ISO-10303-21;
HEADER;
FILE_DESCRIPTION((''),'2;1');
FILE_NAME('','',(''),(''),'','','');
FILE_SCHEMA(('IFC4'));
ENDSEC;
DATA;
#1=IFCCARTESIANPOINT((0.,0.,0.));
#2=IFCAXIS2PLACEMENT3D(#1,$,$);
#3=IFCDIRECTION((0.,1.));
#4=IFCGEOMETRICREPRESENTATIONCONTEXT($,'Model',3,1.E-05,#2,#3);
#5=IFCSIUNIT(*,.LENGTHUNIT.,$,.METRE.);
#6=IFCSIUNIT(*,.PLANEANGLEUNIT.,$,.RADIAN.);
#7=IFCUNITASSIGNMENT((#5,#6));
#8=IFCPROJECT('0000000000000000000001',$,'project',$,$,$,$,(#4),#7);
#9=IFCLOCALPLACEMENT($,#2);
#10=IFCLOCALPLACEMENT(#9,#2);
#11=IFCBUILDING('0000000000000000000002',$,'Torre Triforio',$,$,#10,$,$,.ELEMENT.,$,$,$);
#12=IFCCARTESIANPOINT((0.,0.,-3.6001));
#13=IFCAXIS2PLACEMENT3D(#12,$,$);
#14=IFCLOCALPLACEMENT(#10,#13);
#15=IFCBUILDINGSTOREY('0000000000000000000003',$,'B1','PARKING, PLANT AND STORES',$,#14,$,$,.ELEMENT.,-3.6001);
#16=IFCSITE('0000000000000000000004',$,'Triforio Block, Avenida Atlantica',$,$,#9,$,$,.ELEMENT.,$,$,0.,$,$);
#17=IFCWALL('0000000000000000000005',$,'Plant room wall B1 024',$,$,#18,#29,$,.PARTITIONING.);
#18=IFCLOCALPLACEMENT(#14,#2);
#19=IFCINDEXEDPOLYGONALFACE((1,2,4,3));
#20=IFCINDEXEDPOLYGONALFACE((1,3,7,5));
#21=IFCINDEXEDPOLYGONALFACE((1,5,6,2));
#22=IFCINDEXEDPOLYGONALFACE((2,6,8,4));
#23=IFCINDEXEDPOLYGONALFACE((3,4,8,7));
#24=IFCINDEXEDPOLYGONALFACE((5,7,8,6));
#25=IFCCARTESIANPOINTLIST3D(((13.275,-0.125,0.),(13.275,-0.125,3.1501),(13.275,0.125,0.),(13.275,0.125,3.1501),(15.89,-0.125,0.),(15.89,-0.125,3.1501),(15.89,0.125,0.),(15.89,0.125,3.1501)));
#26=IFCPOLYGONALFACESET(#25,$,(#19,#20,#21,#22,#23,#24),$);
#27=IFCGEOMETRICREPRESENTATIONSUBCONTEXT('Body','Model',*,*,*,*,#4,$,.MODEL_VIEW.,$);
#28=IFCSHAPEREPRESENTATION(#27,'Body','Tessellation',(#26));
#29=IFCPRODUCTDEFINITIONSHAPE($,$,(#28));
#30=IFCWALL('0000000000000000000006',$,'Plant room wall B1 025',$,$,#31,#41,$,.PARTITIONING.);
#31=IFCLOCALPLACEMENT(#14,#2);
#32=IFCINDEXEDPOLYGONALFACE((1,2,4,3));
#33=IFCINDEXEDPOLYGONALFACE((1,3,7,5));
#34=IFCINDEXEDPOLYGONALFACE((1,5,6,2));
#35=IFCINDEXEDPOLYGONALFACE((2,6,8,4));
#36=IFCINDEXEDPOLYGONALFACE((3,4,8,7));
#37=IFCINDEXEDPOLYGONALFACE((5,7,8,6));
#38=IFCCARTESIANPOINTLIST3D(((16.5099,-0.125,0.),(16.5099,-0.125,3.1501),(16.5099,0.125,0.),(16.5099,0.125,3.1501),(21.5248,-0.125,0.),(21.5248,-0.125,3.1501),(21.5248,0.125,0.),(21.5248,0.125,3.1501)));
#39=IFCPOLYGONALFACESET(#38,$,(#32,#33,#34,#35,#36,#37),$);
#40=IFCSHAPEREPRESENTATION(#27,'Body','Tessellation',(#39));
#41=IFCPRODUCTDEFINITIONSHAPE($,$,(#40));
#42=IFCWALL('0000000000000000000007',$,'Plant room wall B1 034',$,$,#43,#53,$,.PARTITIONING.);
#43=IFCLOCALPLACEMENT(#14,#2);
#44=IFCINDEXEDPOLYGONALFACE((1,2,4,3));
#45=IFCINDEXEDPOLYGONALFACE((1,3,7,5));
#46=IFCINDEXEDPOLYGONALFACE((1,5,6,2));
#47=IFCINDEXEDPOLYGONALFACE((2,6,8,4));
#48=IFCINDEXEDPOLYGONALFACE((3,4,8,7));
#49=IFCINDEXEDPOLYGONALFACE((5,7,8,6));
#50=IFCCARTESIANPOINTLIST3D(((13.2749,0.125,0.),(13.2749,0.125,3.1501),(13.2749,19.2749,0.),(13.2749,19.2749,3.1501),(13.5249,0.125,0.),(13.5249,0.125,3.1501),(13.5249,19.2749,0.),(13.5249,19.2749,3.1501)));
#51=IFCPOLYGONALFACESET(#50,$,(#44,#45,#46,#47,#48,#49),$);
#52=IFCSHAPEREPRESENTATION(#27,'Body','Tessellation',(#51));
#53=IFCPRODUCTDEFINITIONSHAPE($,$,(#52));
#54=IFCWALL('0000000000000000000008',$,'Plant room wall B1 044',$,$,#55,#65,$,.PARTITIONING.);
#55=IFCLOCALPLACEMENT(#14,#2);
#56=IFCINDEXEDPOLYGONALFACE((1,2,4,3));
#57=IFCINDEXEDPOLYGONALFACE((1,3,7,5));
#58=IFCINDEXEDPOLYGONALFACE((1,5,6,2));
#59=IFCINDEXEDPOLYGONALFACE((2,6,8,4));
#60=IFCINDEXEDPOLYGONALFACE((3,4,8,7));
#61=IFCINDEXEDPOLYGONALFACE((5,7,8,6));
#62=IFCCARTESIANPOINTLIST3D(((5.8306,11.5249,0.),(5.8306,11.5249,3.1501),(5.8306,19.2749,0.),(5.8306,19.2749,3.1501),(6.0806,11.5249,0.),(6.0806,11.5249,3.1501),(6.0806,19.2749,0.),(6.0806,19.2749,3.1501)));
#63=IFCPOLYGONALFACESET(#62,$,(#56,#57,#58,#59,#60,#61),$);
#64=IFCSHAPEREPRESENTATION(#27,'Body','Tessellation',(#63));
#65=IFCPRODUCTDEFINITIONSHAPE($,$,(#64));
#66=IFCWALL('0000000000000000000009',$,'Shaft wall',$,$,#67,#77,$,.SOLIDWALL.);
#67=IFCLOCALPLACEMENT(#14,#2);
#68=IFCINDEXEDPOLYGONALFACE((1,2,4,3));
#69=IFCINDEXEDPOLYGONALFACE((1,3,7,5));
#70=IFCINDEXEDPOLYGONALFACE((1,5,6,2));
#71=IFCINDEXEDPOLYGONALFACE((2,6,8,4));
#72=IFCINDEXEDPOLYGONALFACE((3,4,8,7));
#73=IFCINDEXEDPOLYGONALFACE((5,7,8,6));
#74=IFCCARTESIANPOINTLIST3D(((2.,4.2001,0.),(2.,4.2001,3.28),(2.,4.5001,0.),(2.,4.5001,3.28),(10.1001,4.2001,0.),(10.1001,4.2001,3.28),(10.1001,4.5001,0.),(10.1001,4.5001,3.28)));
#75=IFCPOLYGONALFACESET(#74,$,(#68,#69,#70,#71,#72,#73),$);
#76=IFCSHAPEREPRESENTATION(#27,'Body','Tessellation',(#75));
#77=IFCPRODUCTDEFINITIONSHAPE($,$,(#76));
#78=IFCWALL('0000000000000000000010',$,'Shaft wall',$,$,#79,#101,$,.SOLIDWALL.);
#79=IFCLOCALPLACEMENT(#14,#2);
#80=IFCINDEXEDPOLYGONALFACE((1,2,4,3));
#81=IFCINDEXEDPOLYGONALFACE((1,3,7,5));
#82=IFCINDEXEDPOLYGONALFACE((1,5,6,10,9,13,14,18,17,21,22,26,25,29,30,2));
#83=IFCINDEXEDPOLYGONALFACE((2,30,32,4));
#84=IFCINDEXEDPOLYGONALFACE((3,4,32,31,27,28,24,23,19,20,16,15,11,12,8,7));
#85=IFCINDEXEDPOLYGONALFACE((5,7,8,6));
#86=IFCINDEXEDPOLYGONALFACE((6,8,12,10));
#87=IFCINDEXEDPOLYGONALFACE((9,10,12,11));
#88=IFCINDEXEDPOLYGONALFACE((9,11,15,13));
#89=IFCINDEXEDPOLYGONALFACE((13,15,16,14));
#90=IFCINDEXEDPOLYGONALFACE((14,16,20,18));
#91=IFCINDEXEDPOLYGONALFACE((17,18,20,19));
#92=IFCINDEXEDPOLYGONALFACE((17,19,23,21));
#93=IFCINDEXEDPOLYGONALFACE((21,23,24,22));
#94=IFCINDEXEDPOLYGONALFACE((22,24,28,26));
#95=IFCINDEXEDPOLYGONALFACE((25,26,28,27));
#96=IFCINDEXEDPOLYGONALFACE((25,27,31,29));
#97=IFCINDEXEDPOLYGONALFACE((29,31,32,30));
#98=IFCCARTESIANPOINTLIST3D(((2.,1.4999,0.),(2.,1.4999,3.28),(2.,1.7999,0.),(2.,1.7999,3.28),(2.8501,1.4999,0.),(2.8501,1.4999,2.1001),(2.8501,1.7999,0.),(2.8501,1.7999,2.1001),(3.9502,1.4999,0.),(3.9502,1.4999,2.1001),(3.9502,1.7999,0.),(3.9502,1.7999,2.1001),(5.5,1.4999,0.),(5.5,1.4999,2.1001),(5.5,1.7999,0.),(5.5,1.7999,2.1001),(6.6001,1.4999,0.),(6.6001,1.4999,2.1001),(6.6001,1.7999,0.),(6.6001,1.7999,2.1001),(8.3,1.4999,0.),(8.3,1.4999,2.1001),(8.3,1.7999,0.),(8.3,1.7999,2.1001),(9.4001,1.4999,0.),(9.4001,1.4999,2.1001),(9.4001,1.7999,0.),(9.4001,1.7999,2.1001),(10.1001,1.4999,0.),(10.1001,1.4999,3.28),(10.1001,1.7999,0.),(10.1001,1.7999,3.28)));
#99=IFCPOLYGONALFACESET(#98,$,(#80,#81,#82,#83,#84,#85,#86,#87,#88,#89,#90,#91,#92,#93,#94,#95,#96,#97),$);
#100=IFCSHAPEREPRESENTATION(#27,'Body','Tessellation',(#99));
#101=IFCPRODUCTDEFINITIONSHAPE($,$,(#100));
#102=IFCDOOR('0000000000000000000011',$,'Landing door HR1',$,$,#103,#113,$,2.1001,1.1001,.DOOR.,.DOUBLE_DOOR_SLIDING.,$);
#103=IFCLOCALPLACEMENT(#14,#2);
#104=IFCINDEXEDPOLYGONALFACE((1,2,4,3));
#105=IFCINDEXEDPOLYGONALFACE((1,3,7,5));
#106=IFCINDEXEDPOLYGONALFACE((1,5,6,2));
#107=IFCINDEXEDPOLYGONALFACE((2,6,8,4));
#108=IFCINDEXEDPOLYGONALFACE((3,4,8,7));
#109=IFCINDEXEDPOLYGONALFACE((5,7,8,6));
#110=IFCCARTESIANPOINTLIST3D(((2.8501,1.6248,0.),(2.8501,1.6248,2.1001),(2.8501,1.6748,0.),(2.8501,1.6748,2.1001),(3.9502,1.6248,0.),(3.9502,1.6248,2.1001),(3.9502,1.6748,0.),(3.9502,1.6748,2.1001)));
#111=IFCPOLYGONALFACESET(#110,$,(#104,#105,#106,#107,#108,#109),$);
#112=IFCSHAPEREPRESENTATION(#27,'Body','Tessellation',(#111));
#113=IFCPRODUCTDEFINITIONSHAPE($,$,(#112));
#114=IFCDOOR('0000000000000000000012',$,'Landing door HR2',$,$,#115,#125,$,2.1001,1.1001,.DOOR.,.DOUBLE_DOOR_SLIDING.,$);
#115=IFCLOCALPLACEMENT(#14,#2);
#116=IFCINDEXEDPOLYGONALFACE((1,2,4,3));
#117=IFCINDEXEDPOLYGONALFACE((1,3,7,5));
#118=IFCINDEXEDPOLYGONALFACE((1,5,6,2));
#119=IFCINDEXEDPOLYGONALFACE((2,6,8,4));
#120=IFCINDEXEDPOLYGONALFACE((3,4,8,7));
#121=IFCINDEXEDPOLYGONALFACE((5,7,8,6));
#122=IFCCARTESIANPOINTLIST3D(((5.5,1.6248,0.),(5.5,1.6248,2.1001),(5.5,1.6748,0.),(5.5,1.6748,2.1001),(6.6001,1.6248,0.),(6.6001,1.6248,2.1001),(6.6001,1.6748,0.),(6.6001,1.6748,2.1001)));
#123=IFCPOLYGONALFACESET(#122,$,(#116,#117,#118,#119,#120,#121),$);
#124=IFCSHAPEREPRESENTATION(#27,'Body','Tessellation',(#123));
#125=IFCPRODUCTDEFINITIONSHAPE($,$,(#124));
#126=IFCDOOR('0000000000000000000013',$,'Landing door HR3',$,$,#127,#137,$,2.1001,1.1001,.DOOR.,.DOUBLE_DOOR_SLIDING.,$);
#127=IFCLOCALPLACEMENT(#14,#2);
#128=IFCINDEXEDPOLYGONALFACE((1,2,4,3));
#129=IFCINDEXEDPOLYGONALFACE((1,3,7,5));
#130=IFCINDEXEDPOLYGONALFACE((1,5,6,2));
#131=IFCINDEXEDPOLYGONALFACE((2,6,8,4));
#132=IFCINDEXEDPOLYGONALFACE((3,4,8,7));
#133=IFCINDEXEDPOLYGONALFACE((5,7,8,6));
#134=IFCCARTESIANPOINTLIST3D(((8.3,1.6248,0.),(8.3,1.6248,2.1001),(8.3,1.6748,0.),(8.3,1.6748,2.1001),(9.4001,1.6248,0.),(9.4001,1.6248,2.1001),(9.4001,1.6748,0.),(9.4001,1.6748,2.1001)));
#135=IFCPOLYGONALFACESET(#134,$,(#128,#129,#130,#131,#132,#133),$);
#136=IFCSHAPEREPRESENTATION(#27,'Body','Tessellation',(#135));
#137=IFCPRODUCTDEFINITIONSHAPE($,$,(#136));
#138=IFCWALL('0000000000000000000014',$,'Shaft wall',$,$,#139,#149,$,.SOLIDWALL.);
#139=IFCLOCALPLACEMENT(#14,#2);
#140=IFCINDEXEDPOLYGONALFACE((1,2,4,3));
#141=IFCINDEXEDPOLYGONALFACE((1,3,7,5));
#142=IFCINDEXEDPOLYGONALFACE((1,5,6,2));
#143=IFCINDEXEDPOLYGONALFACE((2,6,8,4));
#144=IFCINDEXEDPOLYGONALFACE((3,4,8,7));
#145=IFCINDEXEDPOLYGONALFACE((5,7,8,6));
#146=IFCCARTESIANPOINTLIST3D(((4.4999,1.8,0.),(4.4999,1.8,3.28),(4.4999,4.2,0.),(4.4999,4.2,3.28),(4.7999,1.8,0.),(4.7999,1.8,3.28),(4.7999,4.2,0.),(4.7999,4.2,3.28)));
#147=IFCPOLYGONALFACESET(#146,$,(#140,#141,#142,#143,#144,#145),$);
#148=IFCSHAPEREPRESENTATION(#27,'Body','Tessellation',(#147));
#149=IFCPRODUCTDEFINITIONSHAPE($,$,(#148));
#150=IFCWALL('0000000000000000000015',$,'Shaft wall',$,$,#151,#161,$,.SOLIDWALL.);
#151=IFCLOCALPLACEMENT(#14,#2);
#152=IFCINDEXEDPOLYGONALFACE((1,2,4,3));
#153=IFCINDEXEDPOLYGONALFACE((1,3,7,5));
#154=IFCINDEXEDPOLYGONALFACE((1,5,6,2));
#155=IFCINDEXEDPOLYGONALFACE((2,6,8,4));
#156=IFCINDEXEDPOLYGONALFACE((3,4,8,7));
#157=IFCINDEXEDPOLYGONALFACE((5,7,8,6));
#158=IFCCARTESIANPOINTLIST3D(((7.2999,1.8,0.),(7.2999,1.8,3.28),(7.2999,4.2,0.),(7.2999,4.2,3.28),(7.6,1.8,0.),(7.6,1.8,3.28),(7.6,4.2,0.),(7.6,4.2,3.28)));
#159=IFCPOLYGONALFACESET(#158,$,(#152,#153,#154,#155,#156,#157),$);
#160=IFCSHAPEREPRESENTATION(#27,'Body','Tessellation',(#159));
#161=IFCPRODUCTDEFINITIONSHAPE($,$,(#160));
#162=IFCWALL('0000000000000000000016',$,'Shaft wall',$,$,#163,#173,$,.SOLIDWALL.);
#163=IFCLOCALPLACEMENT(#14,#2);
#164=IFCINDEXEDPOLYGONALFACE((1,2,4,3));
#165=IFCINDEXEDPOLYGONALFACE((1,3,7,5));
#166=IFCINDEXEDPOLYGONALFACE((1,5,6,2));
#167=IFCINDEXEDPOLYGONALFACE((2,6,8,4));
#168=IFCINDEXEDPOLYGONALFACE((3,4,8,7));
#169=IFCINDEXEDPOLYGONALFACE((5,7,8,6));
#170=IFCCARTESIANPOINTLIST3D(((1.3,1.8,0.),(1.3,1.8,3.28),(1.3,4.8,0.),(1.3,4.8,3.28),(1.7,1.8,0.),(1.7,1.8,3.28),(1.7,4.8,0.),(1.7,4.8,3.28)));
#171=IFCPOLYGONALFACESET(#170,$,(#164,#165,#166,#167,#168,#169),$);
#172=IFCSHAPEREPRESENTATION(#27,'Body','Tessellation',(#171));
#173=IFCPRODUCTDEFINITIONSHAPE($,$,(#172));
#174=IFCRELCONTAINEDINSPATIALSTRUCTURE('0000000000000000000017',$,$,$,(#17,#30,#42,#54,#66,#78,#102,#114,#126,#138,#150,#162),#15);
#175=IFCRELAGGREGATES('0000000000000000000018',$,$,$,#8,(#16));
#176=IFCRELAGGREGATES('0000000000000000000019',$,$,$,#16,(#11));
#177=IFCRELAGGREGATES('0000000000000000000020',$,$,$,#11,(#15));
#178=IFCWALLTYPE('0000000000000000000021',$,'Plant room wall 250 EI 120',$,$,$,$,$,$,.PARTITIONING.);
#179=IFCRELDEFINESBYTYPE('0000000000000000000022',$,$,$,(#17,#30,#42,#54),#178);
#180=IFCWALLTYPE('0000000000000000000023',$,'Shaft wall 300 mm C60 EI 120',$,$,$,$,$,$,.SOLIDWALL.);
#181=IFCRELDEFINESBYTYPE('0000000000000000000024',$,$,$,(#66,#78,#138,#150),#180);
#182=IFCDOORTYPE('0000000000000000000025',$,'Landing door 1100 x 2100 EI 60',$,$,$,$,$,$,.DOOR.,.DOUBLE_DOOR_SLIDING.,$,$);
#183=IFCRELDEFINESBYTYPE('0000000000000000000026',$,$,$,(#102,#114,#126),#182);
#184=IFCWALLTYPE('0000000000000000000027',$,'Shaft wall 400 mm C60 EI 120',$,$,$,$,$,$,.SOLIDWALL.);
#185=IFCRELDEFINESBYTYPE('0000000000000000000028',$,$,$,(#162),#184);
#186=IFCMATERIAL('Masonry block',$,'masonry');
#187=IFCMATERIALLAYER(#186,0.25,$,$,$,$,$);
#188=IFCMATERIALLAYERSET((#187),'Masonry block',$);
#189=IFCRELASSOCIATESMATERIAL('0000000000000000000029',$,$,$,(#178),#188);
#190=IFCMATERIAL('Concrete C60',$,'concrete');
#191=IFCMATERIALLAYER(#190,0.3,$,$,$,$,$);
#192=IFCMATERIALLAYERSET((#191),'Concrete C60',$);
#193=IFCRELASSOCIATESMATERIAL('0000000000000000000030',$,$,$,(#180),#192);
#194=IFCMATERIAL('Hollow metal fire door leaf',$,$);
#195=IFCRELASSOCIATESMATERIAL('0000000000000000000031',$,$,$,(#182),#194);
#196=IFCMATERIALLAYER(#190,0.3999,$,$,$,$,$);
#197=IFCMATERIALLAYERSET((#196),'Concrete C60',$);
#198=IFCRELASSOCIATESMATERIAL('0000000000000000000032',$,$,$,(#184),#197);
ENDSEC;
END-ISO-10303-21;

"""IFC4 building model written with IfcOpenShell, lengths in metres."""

from ifc_helpers import new_model, si_unit, direction, frame, frame_2d, origin, place, context, subcontext, project, spatial, rectangle, extrude, material, layer, layer_set, type_object, element, fill, save


model = new_model("IFC4")

# Units and contexts
model_context = context("Model", 3, precision=1e-05, world=origin(), true_north=direction((0.0, 1.0)))
body_context = subcontext(model_context, "Body", "Model", "MODEL_VIEW")
ifc_project = project(units=[si_unit("LENGTHUNIT", "METRE"), si_unit("PLANEANGLEUNIT", "RADIAN")], contexts=[model_context])

# Site, building, storey
site_placement = place(None, origin())
site = spatial("IfcSite", under=ifc_project, at=site_placement, Name="Triforio Block, Avenida Atlantica", CompositionType="ELEMENT", RefElevation=0.0)
building_placement = place(site_placement, origin())
building = spatial("IfcBuilding", under=site, at=building_placement, Name="Torre Triforio", CompositionType="ELEMENT")
storey_placement = place(building_placement, frame((0.0, 0.0, -3.6001)))
storey = spatial("IfcBuildingStorey", under=building, at=storey_placement, Name="B1", Description="PARKING, PLANT AND STORES", CompositionType="ELEMENT", Elevation=-3.6001)

# Shared definitions
ifc_material_1 = material(Name="Concrete C60", Category="concrete")

# Shared definitions
ifc_material_2 = material(Name="Hollow metal fire door leaf")

# Walls
ifc_material_3 = material(Name="Masonry block", Category="masonry")
ifc_layer_1 = layer(ifc_material_3, 0.25)
ifc_layer_set_1 = layer_set([ifc_layer_1], Name="Masonry block")
wall_type_1 = type_object("IfcWallType", Name="Plant room wall 250 EI 120", PredefinedType="PARTITIONING", material=ifc_layer_set_1)
wall_1_placement = place(storey_placement, frame((13.2749, 0.0, 0.0), z_axis=(0.0, 0.0, 1.0), x_axis=(1.0, 0.0, 0.0)))
element("IfcWall", 1, at=wall_1_placement, inside=storey, type_object=wall_type_1, Name="Plant room wall B1 024", PredefinedType="PARTITIONING", context=body_context, shape_type="SweptSolid", body=[
    extrude(rectangle(XDim=2.615, YDim=0.25, at=frame_2d((1.3076, 0.0))), origin(), (0.0, 0.0, 1.0), 3.1501),
])
wall_2_placement = place(storey_placement, frame((16.51, 0.0, 0.0), z_axis=(0.0, 0.0, 1.0), x_axis=(1.0, 0.0, 0.0)))
element("IfcWall", 2, at=wall_2_placement, inside=storey, type_object=wall_type_1, Name="Plant room wall B1 025", PredefinedType="PARTITIONING", context=body_context, shape_type="SweptSolid", body=[
    extrude(rectangle(XDim=5.0149, YDim=0.25, at=frame_2d((2.5073, 0.0))), origin(), (0.0, 0.0, 1.0), 3.1501),
])
wall_3_placement = place(storey_placement, frame((13.3999, 0.125, 0.0), z_axis=(0.0, 0.0, 1.0), x_axis=(0.0, 1.0, 0.0)))
element("IfcWall", 3, at=wall_3_placement, inside=storey, type_object=wall_type_1, Name="Plant room wall B1 034", PredefinedType="PARTITIONING", context=body_context, shape_type="SweptSolid", body=[
    extrude(rectangle(XDim=19.1499, YDim=0.25, at=frame_2d((9.575, 0.0))), origin(), (0.0, 0.0, 1.0), 3.1501),
])
wall_4_placement = place(storey_placement, frame((5.9556, 11.5249, 0.0), z_axis=(0.0, 0.0, 1.0), x_axis=(0.0, 1.0, 0.0)))
element("IfcWall", 4, at=wall_4_placement, inside=storey, type_object=wall_type_1, Name="Plant room wall B1 044", PredefinedType="PARTITIONING", context=body_context, shape_type="SweptSolid", body=[
    extrude(rectangle(XDim=7.75, YDim=0.25, at=frame_2d((3.875, 0.0))), origin(), (0.0, 0.0, 1.0), 3.1501),
])
ifc_layer_2 = layer(ifc_material_1, 0.3)
ifc_layer_set_2 = layer_set([ifc_layer_2], Name="Concrete C60")
wall_type_2 = type_object("IfcWallType", Name="Shaft wall 300 mm C60 EI 120", PredefinedType="SOLIDWALL", material=ifc_layer_set_2)
wall_5_placement = place(storey_placement, frame((2.0, 4.3501, 0.0), z_axis=(0.0, 0.0, 1.0), x_axis=(1.0, 0.0, 0.0)))
element("IfcWall", 5, at=wall_5_placement, inside=storey, type_object=wall_type_2, Name="Shaft wall", PredefinedType="SOLIDWALL", context=body_context, shape_type="SweptSolid", body=[
    extrude(rectangle(XDim=8.1001, YDim=0.3, at=frame_2d((4.05, 0.0))), origin(), (0.0, 0.0, 1.0), 3.28),
])

# Wall, openings, doors
wall_6_placement = place(storey_placement, frame((2.0, 1.6499, 0.0), z_axis=(0.0, 0.0, 1.0), x_axis=(1.0, 0.0, 0.0)))
wall_6 = element("IfcWall", 6, at=wall_6_placement, inside=storey, type_object=wall_type_2, Name="Shaft wall", PredefinedType="SOLIDWALL", context=body_context, shape_type="SweptSolid", body=[
    extrude(rectangle(XDim=8.1001, YDim=0.3, at=frame_2d((4.05, 0.0))), origin(), (0.0, 0.0, 1.0), 3.28),
])
opening_1_placement = place(wall_6_placement, frame((0.8501, 0.0, 0.0)))
opening_1 = element("IfcOpeningElement", 7, at=opening_1_placement, cuts=wall_6, PredefinedType="OPENING", context=body_context, shape_type="SweptSolid", body=[
    extrude(rectangle(XDim=1.1001, YDim=2.1001, at=frame_2d((0.55, 1.05))), frame((0.0, 0.1599, 0.0), z_axis=(0.0, -1.0, 0.0), x_axis=(1.0, 0.0, 0.0)), (0.0, 0.0, 1.0), 0.3201),
])
opening_2_placement = place(wall_6_placement, frame((3.5, 0.0, 0.0)))
opening_2 = element("IfcOpeningElement", 8, at=opening_2_placement, cuts=wall_6, PredefinedType="OPENING", context=body_context, shape_type="SweptSolid", body=[
    extrude(rectangle(XDim=1.1001, YDim=2.1001, at=frame_2d((0.55, 1.05))), frame((0.0, 0.1599, 0.0), z_axis=(0.0, -1.0, 0.0), x_axis=(1.0, 0.0, 0.0)), (0.0, 0.0, 1.0), 0.3201),
])
opening_3_placement = place(wall_6_placement, frame((6.3, 0.0, 0.0)))
opening_3 = element("IfcOpeningElement", 9, at=opening_3_placement, cuts=wall_6, PredefinedType="OPENING", context=body_context, shape_type="SweptSolid", body=[
    extrude(rectangle(XDim=1.1001, YDim=2.1001, at=frame_2d((0.55, 1.05))), frame((0.0, 0.1599, 0.0), z_axis=(0.0, -1.0, 0.0), x_axis=(1.0, 0.0, 0.0)), (0.0, 0.0, 1.0), 0.3201),
])
door_type_1 = type_object("IfcDoorType", Name="Landing door 1100 x 2100 EI 60", OperationType="DOUBLE_DOOR_SLIDING", PredefinedType="DOOR", material=ifc_material_2)
door_1_placement = place(opening_1_placement, origin())
door_1 = element("IfcDoor", 10, at=door_1_placement, inside=storey, type_object=door_type_1, Name="Landing door HR1", OperationType="DOUBLE_DOOR_SLIDING", OverallHeight=2.1001, OverallWidth=1.1001, PredefinedType="DOOR", context=body_context, shape_type="SweptSolid", body=[
    extrude(rectangle(XDim=1.1001, YDim=2.1001, at=frame_2d((0.55, 1.05))), frame((0.0, 0.0249, 0.0), z_axis=(0.0, -1.0, 0.0), x_axis=(1.0, 0.0, 0.0)), (0.0, 0.0, 1.0), 0.05),
])
fill(opening_1, door_1)
door_2_placement = place(opening_2_placement, origin())
door_2 = element("IfcDoor", 11, at=door_2_placement, inside=storey, type_object=door_type_1, Name="Landing door HR2", OperationType="DOUBLE_DOOR_SLIDING", OverallHeight=2.1001, OverallWidth=1.1001, PredefinedType="DOOR", context=body_context, shape_type="SweptSolid", body=[
    extrude(rectangle(XDim=1.1001, YDim=2.1001, at=frame_2d((0.55, 1.05))), frame((0.0, 0.0249, 0.0), z_axis=(0.0, -1.0, 0.0), x_axis=(1.0, 0.0, 0.0)), (0.0, 0.0, 1.0), 0.05),
])
fill(opening_2, door_2)
door_3_placement = place(opening_3_placement, origin())
door_3 = element("IfcDoor", 12, at=door_3_placement, inside=storey, type_object=door_type_1, Name="Landing door HR3", OperationType="DOUBLE_DOOR_SLIDING", OverallHeight=2.1001, OverallWidth=1.1001, PredefinedType="DOOR", context=body_context, shape_type="SweptSolid", body=[
    extrude(rectangle(XDim=1.1001, YDim=2.1001, at=frame_2d((0.55, 1.05))), frame((0.0, 0.0249, 0.0), z_axis=(0.0, -1.0, 0.0), x_axis=(1.0, 0.0, 0.0)), (0.0, 0.0, 1.0), 0.05),
])
fill(opening_3, door_3)

# Walls
for number, where, z_axis, x_axis, name in (
    (13, (4.6499, 1.8, 0.0), (0.0, 0.0, 1.0), (0.0, 1.0, 0.0), "Shaft wall"),
    (14, (7.45, 1.8, 0.0), (0.0, 0.0, 1.0), (0.0, 1.0, 0.0), "Shaft wall"),
):
    element("IfcWall", number, at=place(storey_placement, frame(where, z_axis=z_axis, x_axis=x_axis)), inside=storey, type_object=wall_type_2, Name=name, PredefinedType="SOLIDWALL", context=body_context, shape_type="SweptSolid", body=[
        extrude(rectangle(XDim=2.3999, YDim=0.3, at=frame_2d((1.2, 0.0))), origin(), (0.0, 0.0, 1.0), 3.28),
    ])
ifc_layer_3 = layer(ifc_material_1, 0.3999)
ifc_layer_set_3 = layer_set([ifc_layer_3], Name="Concrete C60")
wall_type_3 = type_object("IfcWallType", Name="Shaft wall 400 mm C60 EI 120", PredefinedType="SOLIDWALL", material=ifc_layer_set_3)
wall_7_placement = place(storey_placement, frame((1.5, 1.8, 0.0), z_axis=(0.0, 0.0, 1.0), x_axis=(0.0, 1.0, 0.0)))
element("IfcWall", 15, at=wall_7_placement, inside=storey, type_object=wall_type_3, Name="Shaft wall", PredefinedType="SOLIDWALL", context=body_context, shape_type="SweptSolid", body=[
    extrude(rectangle(XDim=3.0, YDim=0.3999, at=frame_2d((1.5, 0.0))), origin(), (0.0, 0.0, 1.0), 3.28),
])

save(model, "model.ifc")
